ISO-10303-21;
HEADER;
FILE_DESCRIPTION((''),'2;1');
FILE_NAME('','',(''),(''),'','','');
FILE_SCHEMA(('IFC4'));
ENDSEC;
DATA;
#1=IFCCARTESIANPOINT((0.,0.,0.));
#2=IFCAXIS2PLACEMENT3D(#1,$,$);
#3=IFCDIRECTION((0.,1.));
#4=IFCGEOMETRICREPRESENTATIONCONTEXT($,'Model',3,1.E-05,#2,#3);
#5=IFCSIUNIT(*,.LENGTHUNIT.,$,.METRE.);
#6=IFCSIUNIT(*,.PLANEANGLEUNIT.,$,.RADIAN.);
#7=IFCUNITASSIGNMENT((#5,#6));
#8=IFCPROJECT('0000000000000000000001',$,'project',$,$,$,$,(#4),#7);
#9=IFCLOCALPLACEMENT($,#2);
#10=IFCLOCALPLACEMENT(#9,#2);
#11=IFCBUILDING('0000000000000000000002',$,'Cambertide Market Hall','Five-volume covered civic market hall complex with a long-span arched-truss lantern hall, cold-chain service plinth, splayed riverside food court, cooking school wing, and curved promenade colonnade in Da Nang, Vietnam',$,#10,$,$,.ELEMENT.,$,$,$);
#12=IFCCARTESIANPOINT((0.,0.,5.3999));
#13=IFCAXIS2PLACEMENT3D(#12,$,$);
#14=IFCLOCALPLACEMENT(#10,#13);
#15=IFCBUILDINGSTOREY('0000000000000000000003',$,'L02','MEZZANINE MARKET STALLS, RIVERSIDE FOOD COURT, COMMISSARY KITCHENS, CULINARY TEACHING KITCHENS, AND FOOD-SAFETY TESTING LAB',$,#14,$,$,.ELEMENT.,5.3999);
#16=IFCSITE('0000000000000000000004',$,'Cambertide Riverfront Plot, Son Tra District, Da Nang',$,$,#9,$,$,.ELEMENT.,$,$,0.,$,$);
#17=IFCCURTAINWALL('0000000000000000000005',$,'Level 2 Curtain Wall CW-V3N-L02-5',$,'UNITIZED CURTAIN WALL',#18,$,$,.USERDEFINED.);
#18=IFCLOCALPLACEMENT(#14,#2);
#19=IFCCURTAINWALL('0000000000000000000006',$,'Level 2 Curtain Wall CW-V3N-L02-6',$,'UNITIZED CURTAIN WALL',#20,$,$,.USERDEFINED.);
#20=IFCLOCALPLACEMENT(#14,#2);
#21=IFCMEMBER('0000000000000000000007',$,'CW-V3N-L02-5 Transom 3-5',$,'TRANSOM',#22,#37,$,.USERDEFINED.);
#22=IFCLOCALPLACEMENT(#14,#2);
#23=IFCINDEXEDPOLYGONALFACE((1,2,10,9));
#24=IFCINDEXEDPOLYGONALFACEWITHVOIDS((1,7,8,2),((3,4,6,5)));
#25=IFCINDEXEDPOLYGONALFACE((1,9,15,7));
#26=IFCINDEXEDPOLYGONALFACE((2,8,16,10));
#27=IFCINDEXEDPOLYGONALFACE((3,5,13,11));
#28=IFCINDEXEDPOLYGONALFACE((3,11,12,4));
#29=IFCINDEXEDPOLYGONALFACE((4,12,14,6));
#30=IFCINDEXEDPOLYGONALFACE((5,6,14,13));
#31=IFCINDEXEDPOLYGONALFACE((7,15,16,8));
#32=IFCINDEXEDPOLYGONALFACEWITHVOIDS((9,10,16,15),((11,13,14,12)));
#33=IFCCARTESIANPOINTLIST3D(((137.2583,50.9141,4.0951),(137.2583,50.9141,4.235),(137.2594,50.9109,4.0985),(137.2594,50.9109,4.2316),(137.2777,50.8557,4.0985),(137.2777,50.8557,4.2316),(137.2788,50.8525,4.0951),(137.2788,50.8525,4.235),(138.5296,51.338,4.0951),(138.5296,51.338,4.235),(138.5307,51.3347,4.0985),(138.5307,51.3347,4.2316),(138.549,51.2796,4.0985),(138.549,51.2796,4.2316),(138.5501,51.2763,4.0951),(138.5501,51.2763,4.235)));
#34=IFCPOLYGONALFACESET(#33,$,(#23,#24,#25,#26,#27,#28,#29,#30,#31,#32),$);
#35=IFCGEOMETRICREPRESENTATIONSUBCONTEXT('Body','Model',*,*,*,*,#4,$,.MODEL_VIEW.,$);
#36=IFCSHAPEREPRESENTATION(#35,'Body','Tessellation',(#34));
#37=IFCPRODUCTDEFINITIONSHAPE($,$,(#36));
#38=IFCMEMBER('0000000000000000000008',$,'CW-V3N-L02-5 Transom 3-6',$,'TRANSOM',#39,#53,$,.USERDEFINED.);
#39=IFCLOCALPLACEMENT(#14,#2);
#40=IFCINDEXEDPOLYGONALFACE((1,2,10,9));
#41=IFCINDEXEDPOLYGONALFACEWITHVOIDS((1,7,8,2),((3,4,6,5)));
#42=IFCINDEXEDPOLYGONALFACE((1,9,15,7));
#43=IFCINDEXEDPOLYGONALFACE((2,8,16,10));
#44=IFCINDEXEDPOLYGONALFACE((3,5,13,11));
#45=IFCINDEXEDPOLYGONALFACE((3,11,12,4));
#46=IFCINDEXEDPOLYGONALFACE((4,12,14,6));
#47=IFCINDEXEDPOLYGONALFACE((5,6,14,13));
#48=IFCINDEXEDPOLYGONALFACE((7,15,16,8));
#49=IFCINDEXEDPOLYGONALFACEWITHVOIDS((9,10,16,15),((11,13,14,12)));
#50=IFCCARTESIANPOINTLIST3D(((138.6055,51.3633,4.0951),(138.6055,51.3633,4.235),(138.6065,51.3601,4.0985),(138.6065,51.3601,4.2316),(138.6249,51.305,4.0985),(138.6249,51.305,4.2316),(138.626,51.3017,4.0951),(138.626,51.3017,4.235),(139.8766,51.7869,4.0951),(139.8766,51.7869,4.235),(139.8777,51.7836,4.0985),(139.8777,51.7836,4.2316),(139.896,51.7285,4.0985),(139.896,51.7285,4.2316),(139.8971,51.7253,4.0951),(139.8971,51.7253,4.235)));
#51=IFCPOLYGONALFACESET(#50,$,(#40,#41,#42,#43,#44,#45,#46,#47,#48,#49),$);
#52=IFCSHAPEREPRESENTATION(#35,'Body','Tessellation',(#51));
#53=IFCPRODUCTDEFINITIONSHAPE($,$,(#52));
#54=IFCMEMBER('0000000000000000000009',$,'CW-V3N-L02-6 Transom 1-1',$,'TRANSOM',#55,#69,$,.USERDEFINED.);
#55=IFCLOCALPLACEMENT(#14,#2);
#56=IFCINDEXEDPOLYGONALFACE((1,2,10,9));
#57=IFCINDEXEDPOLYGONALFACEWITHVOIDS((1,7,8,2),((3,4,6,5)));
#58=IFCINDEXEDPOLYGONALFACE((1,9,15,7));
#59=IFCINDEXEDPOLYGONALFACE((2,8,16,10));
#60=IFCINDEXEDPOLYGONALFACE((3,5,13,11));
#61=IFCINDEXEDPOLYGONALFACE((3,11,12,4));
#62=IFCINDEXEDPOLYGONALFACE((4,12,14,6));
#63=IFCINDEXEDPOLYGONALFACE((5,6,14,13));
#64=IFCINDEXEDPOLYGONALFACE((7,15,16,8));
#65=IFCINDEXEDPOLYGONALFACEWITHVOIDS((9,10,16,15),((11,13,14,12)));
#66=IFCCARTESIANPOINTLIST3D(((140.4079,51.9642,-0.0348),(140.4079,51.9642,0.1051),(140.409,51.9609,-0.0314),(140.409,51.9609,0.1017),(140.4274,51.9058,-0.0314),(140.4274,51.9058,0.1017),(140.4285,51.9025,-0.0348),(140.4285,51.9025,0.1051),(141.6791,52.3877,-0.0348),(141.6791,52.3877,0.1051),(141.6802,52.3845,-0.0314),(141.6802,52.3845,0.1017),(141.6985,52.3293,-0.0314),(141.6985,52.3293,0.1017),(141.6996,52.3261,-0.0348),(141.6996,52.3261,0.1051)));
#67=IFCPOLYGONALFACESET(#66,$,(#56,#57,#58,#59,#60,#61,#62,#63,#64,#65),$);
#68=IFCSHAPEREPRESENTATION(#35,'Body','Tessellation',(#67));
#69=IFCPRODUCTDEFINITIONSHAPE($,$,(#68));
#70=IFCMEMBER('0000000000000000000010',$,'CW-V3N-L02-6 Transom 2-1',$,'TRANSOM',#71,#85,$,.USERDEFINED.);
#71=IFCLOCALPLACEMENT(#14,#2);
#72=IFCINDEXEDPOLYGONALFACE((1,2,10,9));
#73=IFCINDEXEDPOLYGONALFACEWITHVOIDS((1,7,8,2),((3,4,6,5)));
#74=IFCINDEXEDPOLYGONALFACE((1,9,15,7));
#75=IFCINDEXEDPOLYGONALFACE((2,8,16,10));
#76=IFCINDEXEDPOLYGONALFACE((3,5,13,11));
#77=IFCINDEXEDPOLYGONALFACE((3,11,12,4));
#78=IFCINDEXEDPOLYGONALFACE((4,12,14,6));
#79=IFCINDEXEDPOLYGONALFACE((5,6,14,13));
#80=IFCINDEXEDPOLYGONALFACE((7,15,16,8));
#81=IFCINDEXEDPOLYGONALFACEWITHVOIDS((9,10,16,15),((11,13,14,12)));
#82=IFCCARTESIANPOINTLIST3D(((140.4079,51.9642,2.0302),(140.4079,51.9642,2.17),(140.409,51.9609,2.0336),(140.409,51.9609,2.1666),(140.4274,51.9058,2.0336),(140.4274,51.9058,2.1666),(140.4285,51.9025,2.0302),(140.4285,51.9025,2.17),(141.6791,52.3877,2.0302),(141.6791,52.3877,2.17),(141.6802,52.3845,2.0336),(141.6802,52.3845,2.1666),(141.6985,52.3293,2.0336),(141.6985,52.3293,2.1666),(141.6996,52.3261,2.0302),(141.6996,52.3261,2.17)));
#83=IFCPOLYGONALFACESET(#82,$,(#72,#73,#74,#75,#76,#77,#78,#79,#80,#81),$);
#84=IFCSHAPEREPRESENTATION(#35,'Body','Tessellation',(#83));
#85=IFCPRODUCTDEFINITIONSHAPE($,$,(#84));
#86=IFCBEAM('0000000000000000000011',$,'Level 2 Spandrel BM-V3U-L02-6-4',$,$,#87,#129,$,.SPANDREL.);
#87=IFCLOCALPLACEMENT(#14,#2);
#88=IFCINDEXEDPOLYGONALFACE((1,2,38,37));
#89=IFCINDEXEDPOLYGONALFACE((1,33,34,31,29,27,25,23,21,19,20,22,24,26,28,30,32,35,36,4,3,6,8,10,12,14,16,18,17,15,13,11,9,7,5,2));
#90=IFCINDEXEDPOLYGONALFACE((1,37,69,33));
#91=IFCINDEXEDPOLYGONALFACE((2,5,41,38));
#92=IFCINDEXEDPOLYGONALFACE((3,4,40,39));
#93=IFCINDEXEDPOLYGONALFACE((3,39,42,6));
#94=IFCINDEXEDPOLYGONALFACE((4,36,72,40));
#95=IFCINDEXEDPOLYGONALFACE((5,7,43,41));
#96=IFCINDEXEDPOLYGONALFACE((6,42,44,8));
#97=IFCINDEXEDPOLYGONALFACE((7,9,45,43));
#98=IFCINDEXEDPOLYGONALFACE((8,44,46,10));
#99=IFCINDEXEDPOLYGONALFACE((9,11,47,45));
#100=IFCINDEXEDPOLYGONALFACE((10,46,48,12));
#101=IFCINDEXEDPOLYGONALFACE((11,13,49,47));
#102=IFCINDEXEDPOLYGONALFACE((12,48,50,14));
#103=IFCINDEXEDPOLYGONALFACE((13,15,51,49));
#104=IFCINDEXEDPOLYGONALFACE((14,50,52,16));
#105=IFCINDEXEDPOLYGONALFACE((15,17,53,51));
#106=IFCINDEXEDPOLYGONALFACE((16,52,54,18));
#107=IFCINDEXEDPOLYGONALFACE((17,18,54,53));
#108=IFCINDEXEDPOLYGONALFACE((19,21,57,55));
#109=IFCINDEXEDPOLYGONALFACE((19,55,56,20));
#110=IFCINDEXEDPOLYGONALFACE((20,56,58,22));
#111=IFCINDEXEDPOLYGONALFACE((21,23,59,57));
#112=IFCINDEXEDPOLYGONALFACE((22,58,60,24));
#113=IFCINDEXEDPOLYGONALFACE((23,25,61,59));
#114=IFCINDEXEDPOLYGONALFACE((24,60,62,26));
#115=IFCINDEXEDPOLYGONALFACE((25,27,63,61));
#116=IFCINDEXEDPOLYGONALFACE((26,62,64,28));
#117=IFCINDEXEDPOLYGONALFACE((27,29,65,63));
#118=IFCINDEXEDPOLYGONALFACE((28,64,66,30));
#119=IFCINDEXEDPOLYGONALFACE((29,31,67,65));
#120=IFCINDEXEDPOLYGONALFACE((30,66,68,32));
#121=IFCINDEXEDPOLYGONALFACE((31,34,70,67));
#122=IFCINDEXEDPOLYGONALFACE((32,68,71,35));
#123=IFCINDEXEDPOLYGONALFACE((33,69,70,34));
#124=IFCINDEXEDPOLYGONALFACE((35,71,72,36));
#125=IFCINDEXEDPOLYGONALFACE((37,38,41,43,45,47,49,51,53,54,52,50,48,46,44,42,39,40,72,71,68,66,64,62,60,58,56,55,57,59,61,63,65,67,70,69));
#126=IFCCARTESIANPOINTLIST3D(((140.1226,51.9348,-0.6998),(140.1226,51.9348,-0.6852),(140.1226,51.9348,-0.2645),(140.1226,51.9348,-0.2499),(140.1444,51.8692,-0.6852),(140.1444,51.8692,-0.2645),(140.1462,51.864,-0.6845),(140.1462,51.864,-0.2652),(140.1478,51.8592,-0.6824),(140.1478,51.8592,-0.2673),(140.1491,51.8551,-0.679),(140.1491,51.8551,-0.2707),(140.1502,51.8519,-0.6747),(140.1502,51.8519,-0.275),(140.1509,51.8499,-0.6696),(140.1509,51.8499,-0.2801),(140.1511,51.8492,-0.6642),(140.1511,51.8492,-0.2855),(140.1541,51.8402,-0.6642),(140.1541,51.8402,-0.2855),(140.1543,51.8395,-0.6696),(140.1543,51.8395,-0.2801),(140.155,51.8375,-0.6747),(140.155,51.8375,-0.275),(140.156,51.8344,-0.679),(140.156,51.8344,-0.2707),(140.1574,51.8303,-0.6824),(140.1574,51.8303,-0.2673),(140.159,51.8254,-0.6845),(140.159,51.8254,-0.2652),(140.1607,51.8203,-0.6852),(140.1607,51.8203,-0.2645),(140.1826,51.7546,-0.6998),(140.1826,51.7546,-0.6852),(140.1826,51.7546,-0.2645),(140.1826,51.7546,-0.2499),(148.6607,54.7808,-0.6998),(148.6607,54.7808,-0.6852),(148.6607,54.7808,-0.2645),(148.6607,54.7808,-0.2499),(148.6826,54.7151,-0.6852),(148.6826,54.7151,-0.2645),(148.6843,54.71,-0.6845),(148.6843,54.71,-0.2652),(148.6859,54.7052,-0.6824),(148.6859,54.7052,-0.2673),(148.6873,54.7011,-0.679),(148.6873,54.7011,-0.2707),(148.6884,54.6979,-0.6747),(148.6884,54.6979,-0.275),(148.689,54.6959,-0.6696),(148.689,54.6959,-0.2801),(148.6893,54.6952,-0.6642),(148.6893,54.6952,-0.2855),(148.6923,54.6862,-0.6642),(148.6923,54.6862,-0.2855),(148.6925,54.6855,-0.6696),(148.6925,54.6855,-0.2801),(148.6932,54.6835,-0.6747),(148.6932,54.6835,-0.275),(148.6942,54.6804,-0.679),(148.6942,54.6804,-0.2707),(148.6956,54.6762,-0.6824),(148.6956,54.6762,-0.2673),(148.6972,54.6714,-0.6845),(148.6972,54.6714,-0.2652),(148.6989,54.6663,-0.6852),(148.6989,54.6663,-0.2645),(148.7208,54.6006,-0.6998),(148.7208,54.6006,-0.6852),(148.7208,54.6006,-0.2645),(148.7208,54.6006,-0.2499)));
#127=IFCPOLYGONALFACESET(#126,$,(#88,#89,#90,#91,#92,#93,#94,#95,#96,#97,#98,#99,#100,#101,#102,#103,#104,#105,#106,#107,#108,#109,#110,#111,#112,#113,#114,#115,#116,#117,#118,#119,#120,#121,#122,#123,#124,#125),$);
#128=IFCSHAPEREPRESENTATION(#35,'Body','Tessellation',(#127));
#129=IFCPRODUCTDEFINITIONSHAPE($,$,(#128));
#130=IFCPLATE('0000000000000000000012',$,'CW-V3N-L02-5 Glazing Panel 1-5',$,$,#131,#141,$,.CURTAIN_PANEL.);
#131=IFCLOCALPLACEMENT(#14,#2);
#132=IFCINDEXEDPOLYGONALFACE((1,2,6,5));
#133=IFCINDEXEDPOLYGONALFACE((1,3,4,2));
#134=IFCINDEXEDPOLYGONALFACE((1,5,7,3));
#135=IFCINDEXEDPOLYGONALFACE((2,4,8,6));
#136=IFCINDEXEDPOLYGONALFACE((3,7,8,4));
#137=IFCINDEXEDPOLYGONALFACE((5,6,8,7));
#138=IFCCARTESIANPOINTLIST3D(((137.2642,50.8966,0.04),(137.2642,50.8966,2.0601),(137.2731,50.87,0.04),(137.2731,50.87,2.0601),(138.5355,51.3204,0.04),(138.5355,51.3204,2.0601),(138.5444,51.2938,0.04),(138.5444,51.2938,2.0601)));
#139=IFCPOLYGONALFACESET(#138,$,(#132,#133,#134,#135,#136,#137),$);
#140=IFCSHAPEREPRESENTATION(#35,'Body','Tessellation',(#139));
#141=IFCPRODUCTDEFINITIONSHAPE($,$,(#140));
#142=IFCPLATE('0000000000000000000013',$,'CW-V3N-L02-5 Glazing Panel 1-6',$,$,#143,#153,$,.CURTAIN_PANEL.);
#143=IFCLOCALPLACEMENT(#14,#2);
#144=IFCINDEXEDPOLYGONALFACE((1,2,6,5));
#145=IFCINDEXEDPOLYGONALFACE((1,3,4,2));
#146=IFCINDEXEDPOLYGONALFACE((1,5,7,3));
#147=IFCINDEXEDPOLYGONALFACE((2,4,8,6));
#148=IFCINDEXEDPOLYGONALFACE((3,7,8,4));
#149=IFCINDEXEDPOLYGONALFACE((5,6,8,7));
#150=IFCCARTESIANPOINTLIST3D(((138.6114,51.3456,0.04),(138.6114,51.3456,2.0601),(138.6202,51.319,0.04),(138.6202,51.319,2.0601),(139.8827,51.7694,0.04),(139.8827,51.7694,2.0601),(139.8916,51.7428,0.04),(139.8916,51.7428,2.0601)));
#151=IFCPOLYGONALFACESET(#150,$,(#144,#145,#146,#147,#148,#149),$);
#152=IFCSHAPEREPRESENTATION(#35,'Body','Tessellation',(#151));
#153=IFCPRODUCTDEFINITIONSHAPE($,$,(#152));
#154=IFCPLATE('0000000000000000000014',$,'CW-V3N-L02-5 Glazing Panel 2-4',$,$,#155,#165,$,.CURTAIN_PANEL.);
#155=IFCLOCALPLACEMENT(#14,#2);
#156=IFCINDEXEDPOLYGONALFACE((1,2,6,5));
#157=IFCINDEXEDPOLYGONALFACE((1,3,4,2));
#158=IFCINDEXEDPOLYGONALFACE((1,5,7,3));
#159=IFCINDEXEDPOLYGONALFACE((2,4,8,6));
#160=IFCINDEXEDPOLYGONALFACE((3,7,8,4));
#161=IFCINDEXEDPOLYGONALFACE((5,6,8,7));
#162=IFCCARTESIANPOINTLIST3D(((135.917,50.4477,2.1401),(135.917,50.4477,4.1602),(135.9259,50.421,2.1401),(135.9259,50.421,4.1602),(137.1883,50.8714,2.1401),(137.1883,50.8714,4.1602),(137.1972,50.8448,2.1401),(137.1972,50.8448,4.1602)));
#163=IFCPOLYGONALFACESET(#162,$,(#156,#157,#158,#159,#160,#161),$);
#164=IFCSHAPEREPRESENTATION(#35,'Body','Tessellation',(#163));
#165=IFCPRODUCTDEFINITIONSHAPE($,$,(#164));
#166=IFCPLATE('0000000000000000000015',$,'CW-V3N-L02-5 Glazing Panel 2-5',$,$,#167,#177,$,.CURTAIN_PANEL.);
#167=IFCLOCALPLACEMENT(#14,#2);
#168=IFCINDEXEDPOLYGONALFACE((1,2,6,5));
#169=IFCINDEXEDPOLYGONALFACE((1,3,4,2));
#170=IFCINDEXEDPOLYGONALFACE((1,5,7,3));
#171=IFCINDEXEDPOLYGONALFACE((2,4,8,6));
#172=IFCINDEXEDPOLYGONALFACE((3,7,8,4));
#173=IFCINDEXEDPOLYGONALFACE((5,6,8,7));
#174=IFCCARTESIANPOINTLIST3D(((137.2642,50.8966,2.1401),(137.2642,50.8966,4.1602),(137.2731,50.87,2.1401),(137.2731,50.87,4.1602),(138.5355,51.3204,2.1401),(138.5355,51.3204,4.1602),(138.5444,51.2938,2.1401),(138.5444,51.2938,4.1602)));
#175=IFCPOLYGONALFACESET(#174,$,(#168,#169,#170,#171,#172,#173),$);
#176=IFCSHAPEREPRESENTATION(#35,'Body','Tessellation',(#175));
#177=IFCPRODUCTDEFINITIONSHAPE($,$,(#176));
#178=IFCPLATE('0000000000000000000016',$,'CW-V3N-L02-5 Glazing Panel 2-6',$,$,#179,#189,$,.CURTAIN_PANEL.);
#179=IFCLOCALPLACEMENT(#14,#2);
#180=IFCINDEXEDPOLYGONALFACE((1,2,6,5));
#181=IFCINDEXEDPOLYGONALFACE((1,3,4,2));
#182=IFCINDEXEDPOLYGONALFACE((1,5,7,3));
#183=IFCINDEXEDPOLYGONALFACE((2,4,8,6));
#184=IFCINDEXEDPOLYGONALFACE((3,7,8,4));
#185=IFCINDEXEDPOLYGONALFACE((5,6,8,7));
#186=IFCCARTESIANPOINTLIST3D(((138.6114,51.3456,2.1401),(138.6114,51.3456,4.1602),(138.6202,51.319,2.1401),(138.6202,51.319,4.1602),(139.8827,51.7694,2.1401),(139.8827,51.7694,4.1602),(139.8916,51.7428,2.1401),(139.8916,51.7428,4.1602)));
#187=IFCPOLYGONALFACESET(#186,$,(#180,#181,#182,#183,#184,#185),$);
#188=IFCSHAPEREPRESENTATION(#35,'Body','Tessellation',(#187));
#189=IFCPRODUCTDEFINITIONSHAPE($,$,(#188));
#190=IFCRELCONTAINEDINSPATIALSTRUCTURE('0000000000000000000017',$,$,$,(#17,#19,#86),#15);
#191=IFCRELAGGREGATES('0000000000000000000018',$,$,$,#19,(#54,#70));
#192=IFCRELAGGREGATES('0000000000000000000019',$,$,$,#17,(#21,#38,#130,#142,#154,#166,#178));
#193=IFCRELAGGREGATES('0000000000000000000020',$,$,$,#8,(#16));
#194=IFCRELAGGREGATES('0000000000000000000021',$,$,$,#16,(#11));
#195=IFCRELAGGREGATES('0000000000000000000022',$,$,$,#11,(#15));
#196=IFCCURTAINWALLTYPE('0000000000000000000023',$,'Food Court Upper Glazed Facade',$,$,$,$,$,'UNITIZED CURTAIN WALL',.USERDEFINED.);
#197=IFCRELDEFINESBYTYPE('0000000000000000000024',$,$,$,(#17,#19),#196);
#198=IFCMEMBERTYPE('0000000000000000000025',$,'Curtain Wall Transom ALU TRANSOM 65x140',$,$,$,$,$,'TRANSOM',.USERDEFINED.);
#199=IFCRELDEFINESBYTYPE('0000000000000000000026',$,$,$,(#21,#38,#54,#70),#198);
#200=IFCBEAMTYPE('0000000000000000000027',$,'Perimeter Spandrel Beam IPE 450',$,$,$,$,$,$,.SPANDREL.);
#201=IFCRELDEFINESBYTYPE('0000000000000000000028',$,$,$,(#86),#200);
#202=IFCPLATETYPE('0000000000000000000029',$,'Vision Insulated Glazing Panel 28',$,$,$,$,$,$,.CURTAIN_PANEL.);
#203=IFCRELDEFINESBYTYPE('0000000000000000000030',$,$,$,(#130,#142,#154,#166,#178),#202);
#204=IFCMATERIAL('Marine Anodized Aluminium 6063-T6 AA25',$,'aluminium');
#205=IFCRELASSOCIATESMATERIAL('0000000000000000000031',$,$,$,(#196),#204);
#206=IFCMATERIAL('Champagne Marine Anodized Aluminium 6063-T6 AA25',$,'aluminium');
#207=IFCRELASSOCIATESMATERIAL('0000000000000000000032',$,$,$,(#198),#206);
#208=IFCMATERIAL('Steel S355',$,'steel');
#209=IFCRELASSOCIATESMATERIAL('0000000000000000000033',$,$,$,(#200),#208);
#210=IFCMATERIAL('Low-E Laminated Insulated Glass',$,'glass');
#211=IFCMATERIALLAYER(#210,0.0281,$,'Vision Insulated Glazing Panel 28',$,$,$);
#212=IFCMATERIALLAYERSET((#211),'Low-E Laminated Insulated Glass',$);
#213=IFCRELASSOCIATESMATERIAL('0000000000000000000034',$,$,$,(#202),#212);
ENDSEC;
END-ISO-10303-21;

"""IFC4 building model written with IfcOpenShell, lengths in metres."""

from ifc_helpers import new_model, si_unit, direction, frame, origin, origin_2d, place, context, subcontext, project, spatial, rectangle, hollow_rectangle, i_section, extrude, material, layer, layer_set, material_profile, profile_set, type_object, element, aggregate, save


model = new_model("IFC4")

# Units and contexts
model_context = context("Model", 3, precision=1e-05, world=origin(), true_north=direction((0.0, 1.0)))
body_context = subcontext(model_context, "Body", "Model", "MODEL_VIEW")
ifc_project = project(units=[si_unit("LENGTHUNIT", "METRE"), si_unit("PLANEANGLEUNIT", "RADIAN")], contexts=[model_context])

# Site, building, storey
site_placement = place(None, origin())
site = spatial("IfcSite", under=ifc_project, at=site_placement, Name="Cambertide Riverfront Plot, Son Tra District, Da Nang", CompositionType="ELEMENT", RefElevation=0.0)
building_placement = place(site_placement, origin())
building = spatial("IfcBuilding", under=site, at=building_placement, Name="Cambertide Market Hall", Description="Five-volume covered civic market hall complex with a long-span arched-truss lantern hall, cold-chain service plinth, splayed riverside food court, cooking school wing, and curved promenade colonnade in Da Nang, Vietnam", CompositionType="ELEMENT")
storey_placement = place(building_placement, frame((0.0, 0.0, 5.3999)))
storey = spatial("IfcBuildingStorey", under=building, at=storey_placement, Name="L02", Description="MEZZANINE MARKET STALLS, RIVERSIDE FOOD COURT, COMMISSARY KITCHENS, CULINARY TEACHING KITCHENS, AND FOOD-SAFETY TESTING LAB", CompositionType="ELEMENT", Elevation=5.3999)

# Curtain wall
ifc_material_1 = material(Name="Marine Anodized Aluminium 6063-T6 AA25", Category="aluminium")
curtain_wall_type = type_object("IfcCurtainWallType", Name="Food Court Upper Glazed Facade", ElementType="UNITIZED CURTAIN WALL", PredefinedType="USERDEFINED", material=ifc_material_1)
curtain_wall_1_placement = place(storey_placement, origin())
curtain_wall_1 = element("IfcCurtainWall", 1, at=curtain_wall_1_placement, inside=storey, type_object=curtain_wall_type, Name="Level 2 Curtain Wall CW-V3N-L02-5", ObjectType="UNITIZED CURTAIN WALL", PredefinedType="USERDEFINED")

# Curtain wall
curtain_wall_2_placement = place(storey_placement, origin())
curtain_wall_2 = element("IfcCurtainWall", 2, at=curtain_wall_2_placement, inside=storey, type_object=curtain_wall_type, Name="Level 2 Curtain Wall CW-V3N-L02-6", ObjectType="UNITIZED CURTAIN WALL", PredefinedType="USERDEFINED")

# Members
ifc_material_2 = material(Name="Champagne Marine Anodized Aluminium 6063-T6 AA25", Category="aluminium")
ifc_material_profile_1 = material_profile(ifc_material_2, hollow_rectangle(XDim=0.0649, YDim=0.1399, WallThickness=0.0034, at=origin_2d()), Name="ALU TRANSOM 65x140")
ifc_profile_set_1 = profile_set([ifc_material_profile_1], Name="Champagne Marine Anodized Aluminium 6063-T6 AA25")
member_type_1 = type_object("IfcMemberType", Name="Curtain Wall Transom ALU TRANSOM 65x140", ElementType="TRANSOM", PredefinedType="USERDEFINED", material=ifc_profile_set_1)
member_1_placement = place(storey_placement, frame((137.2686, 50.8833, 4.165), z_axis=(0.948665, 0.316282, 0.0), x_axis=(-0.316282, 0.948665, 0.0)))
member_1 = element("IfcMember", 3, at=member_1_placement, type_object=member_type_1, Name="CW-V3N-L02-5 Transom 3-5", ObjectType="TRANSOM", PredefinedType="USERDEFINED", context=body_context, shape_type="SweptSolid", body=[
    extrude(hollow_rectangle(XDim=0.0649, YDim=0.1399, WallThickness=0.0034, at=origin_2d()), origin(), (0.0, 0.0, 1.0), 1.3401),
])
member_2_placement = place(storey_placement, frame((138.6157, 51.3325, 4.165), z_axis=(0.94872, 0.316118, 0.0), x_axis=(-0.316118, 0.94872, 0.0)))
member_2 = element("IfcMember", 4, at=member_2_placement, type_object=member_type_1, Name="CW-V3N-L02-5 Transom 3-6", ObjectType="TRANSOM", PredefinedType="USERDEFINED", context=body_context, shape_type="SweptSolid", body=[
    extrude(hollow_rectangle(XDim=0.0649, YDim=0.1399, WallThickness=0.0034, at=origin_2d()), origin(), (0.0, 0.0, 1.0), 1.3398),
])
member_3_placement = place(storey_placement, frame((140.4182, 51.9333, 0.0352), z_axis=(0.94872, 0.316118, 0.0), x_axis=(-0.316118, 0.94872, 0.0)))
member_3 = element("IfcMember", 5, at=member_3_placement, type_object=member_type_1, Name="CW-V3N-L02-6 Transom 1-1", ObjectType="TRANSOM", PredefinedType="USERDEFINED", context=body_context, shape_type="SweptSolid", body=[
    extrude(hollow_rectangle(XDim=0.0649, YDim=0.1399, WallThickness=0.0034, at=origin_2d()), origin(), (0.0, 0.0, 1.0), 1.3398),
])
member_4_placement = place(storey_placement, frame((140.4182, 51.9333, 2.1001), z_axis=(0.94872, 0.316118, 0.0), x_axis=(-0.316118, 0.94872, 0.0)))
member_4 = element("IfcMember", 6, at=member_4_placement, type_object=member_type_1, Name="CW-V3N-L02-6 Transom 2-1", ObjectType="TRANSOM", PredefinedType="USERDEFINED", context=body_context, shape_type="SweptSolid", body=[
    extrude(hollow_rectangle(XDim=0.0649, YDim=0.1399, WallThickness=0.0034, at=origin_2d()), origin(), (0.0, 0.0, 1.0), 1.3398),
])
aggregate(curtain_wall_2, [member_3, member_4])

# Beam
ifc_material_3 = material(Name="Steel S355", Category="steel")
ifc_material_profile_2 = material_profile(ifc_material_3, i_section(OverallWidth=0.1899, OverallDepth=0.45, WebThickness=0.0095, FlangeThickness=0.0146, FilletRadius=0.021, at=origin_2d()), Name="IPE 450")
ifc_profile_set_2 = profile_set([ifc_material_profile_2], Name="Steel S355")
beam_type = type_object("IfcBeamType", Name="Perimeter Spandrel Beam IPE 450", PredefinedType="SPANDREL", material=ifc_profile_set_2)
beam_placement = place(storey_placement, frame((140.1526, 51.8447, -0.4749), z_axis=(0.948686, 0.31622, 0.0), x_axis=(-0.31622, 0.948686, 0.0)))
element("IfcBeam", 7, at=beam_placement, inside=storey, type_object=beam_type, Name="Level 2 Spandrel BM-V3U-L02-6-4", PredefinedType="SPANDREL", context=body_context, shape_type="SweptSolid", body=[
    extrude(i_section(OverallWidth=0.1899, OverallDepth=0.45, WebThickness=0.0095, FlangeThickness=0.0146, FilletRadius=0.021, at=origin_2d()), origin(), (0.0, 0.0, 1.0), 9.0),
])

# Plates
ifc_material_4 = material(Name="Low-E Laminated Insulated Glass", Category="glass")
ifc_layer_1 = layer(ifc_material_4, 0.0281, Name="Vision Insulated Glazing Panel 28")
ifc_layer_set_1 = layer_set([ifc_layer_1], Name="Low-E Laminated Insulated Glass")
plate_type = type_object("IfcPlateType", Name="Vision Insulated Glazing Panel 28", PredefinedType="CURTAIN_PANEL", material=ifc_layer_set_1)
plate_1_placement = place(storey_placement, frame((137.9043, 51.0952, 0.04), z_axis=(0.0, 0.0, 1.0), x_axis=(0.948683, 0.316228, 0.0)))
plate_1 = element("IfcPlate", 8, at=plate_1_placement, type_object=plate_type, Name="CW-V3N-L02-5 Glazing Panel 1-5", PredefinedType="CURTAIN_PANEL", context=body_context, shape_type="SweptSolid", body=[
    extrude(rectangle(XDim=1.3401, YDim=0.0281, at=origin_2d()), origin(), (0.0, 0.0, 1.0), 2.02),
])
plate_2_placement = place(storey_placement, frame((139.2515, 51.5442, 0.04), z_axis=(0.0, 0.0, 1.0), x_axis=(0.948683, 0.316228, 0.0)))
plate_2 = element("IfcPlate", 9, at=plate_2_placement, type_object=plate_type, Name="CW-V3N-L02-5 Glazing Panel 1-6", PredefinedType="CURTAIN_PANEL", context=body_context, shape_type="SweptSolid", body=[
    extrude(rectangle(XDim=1.3401, YDim=0.0281, at=origin_2d()), origin(), (0.0, 0.0, 1.0), 2.02),
])
plate_3_placement = place(storey_placement, frame((136.5571, 50.6462, 2.1401), z_axis=(0.0, 0.0, 1.0), x_axis=(0.948683, 0.316228, 0.0)))
plate_3 = element("IfcPlate", 10, at=plate_3_placement, type_object=plate_type, Name="CW-V3N-L02-5 Glazing Panel 2-4", PredefinedType="CURTAIN_PANEL", context=body_context, shape_type="SweptSolid", body=[
    extrude(rectangle(XDim=1.3401, YDim=0.0281, at=origin_2d()), origin(), (0.0, 0.0, 1.0), 2.02),
])
plate_4_placement = place(storey_placement, frame((137.9043, 51.0952, 2.1401), z_axis=(0.0, 0.0, 1.0), x_axis=(0.948683, 0.316228, 0.0)))
plate_4 = element("IfcPlate", 11, at=plate_4_placement, type_object=plate_type, Name="CW-V3N-L02-5 Glazing Panel 2-5", PredefinedType="CURTAIN_PANEL", context=body_context, shape_type="SweptSolid", body=[
    extrude(rectangle(XDim=1.3401, YDim=0.0281, at=origin_2d()), origin(), (0.0, 0.0, 1.0), 2.02),
])
plate_5_placement = place(storey_placement, frame((139.2515, 51.5442, 2.1401), z_axis=(0.0, 0.0, 1.0), x_axis=(0.948683, 0.316228, 0.0)))
plate_5 = element("IfcPlate", 12, at=plate_5_placement, type_object=plate_type, Name="CW-V3N-L02-5 Glazing Panel 2-6", PredefinedType="CURTAIN_PANEL", context=body_context, shape_type="SweptSolid", body=[
    extrude(rectangle(XDim=1.3401, YDim=0.0281, at=origin_2d()), origin(), (0.0, 0.0, 1.0), 2.02),
])
aggregate(curtain_wall_1, [member_1, member_2, plate_1, plate_2, plate_3, plate_4, plate_5])

save(model, "model.ifc")
